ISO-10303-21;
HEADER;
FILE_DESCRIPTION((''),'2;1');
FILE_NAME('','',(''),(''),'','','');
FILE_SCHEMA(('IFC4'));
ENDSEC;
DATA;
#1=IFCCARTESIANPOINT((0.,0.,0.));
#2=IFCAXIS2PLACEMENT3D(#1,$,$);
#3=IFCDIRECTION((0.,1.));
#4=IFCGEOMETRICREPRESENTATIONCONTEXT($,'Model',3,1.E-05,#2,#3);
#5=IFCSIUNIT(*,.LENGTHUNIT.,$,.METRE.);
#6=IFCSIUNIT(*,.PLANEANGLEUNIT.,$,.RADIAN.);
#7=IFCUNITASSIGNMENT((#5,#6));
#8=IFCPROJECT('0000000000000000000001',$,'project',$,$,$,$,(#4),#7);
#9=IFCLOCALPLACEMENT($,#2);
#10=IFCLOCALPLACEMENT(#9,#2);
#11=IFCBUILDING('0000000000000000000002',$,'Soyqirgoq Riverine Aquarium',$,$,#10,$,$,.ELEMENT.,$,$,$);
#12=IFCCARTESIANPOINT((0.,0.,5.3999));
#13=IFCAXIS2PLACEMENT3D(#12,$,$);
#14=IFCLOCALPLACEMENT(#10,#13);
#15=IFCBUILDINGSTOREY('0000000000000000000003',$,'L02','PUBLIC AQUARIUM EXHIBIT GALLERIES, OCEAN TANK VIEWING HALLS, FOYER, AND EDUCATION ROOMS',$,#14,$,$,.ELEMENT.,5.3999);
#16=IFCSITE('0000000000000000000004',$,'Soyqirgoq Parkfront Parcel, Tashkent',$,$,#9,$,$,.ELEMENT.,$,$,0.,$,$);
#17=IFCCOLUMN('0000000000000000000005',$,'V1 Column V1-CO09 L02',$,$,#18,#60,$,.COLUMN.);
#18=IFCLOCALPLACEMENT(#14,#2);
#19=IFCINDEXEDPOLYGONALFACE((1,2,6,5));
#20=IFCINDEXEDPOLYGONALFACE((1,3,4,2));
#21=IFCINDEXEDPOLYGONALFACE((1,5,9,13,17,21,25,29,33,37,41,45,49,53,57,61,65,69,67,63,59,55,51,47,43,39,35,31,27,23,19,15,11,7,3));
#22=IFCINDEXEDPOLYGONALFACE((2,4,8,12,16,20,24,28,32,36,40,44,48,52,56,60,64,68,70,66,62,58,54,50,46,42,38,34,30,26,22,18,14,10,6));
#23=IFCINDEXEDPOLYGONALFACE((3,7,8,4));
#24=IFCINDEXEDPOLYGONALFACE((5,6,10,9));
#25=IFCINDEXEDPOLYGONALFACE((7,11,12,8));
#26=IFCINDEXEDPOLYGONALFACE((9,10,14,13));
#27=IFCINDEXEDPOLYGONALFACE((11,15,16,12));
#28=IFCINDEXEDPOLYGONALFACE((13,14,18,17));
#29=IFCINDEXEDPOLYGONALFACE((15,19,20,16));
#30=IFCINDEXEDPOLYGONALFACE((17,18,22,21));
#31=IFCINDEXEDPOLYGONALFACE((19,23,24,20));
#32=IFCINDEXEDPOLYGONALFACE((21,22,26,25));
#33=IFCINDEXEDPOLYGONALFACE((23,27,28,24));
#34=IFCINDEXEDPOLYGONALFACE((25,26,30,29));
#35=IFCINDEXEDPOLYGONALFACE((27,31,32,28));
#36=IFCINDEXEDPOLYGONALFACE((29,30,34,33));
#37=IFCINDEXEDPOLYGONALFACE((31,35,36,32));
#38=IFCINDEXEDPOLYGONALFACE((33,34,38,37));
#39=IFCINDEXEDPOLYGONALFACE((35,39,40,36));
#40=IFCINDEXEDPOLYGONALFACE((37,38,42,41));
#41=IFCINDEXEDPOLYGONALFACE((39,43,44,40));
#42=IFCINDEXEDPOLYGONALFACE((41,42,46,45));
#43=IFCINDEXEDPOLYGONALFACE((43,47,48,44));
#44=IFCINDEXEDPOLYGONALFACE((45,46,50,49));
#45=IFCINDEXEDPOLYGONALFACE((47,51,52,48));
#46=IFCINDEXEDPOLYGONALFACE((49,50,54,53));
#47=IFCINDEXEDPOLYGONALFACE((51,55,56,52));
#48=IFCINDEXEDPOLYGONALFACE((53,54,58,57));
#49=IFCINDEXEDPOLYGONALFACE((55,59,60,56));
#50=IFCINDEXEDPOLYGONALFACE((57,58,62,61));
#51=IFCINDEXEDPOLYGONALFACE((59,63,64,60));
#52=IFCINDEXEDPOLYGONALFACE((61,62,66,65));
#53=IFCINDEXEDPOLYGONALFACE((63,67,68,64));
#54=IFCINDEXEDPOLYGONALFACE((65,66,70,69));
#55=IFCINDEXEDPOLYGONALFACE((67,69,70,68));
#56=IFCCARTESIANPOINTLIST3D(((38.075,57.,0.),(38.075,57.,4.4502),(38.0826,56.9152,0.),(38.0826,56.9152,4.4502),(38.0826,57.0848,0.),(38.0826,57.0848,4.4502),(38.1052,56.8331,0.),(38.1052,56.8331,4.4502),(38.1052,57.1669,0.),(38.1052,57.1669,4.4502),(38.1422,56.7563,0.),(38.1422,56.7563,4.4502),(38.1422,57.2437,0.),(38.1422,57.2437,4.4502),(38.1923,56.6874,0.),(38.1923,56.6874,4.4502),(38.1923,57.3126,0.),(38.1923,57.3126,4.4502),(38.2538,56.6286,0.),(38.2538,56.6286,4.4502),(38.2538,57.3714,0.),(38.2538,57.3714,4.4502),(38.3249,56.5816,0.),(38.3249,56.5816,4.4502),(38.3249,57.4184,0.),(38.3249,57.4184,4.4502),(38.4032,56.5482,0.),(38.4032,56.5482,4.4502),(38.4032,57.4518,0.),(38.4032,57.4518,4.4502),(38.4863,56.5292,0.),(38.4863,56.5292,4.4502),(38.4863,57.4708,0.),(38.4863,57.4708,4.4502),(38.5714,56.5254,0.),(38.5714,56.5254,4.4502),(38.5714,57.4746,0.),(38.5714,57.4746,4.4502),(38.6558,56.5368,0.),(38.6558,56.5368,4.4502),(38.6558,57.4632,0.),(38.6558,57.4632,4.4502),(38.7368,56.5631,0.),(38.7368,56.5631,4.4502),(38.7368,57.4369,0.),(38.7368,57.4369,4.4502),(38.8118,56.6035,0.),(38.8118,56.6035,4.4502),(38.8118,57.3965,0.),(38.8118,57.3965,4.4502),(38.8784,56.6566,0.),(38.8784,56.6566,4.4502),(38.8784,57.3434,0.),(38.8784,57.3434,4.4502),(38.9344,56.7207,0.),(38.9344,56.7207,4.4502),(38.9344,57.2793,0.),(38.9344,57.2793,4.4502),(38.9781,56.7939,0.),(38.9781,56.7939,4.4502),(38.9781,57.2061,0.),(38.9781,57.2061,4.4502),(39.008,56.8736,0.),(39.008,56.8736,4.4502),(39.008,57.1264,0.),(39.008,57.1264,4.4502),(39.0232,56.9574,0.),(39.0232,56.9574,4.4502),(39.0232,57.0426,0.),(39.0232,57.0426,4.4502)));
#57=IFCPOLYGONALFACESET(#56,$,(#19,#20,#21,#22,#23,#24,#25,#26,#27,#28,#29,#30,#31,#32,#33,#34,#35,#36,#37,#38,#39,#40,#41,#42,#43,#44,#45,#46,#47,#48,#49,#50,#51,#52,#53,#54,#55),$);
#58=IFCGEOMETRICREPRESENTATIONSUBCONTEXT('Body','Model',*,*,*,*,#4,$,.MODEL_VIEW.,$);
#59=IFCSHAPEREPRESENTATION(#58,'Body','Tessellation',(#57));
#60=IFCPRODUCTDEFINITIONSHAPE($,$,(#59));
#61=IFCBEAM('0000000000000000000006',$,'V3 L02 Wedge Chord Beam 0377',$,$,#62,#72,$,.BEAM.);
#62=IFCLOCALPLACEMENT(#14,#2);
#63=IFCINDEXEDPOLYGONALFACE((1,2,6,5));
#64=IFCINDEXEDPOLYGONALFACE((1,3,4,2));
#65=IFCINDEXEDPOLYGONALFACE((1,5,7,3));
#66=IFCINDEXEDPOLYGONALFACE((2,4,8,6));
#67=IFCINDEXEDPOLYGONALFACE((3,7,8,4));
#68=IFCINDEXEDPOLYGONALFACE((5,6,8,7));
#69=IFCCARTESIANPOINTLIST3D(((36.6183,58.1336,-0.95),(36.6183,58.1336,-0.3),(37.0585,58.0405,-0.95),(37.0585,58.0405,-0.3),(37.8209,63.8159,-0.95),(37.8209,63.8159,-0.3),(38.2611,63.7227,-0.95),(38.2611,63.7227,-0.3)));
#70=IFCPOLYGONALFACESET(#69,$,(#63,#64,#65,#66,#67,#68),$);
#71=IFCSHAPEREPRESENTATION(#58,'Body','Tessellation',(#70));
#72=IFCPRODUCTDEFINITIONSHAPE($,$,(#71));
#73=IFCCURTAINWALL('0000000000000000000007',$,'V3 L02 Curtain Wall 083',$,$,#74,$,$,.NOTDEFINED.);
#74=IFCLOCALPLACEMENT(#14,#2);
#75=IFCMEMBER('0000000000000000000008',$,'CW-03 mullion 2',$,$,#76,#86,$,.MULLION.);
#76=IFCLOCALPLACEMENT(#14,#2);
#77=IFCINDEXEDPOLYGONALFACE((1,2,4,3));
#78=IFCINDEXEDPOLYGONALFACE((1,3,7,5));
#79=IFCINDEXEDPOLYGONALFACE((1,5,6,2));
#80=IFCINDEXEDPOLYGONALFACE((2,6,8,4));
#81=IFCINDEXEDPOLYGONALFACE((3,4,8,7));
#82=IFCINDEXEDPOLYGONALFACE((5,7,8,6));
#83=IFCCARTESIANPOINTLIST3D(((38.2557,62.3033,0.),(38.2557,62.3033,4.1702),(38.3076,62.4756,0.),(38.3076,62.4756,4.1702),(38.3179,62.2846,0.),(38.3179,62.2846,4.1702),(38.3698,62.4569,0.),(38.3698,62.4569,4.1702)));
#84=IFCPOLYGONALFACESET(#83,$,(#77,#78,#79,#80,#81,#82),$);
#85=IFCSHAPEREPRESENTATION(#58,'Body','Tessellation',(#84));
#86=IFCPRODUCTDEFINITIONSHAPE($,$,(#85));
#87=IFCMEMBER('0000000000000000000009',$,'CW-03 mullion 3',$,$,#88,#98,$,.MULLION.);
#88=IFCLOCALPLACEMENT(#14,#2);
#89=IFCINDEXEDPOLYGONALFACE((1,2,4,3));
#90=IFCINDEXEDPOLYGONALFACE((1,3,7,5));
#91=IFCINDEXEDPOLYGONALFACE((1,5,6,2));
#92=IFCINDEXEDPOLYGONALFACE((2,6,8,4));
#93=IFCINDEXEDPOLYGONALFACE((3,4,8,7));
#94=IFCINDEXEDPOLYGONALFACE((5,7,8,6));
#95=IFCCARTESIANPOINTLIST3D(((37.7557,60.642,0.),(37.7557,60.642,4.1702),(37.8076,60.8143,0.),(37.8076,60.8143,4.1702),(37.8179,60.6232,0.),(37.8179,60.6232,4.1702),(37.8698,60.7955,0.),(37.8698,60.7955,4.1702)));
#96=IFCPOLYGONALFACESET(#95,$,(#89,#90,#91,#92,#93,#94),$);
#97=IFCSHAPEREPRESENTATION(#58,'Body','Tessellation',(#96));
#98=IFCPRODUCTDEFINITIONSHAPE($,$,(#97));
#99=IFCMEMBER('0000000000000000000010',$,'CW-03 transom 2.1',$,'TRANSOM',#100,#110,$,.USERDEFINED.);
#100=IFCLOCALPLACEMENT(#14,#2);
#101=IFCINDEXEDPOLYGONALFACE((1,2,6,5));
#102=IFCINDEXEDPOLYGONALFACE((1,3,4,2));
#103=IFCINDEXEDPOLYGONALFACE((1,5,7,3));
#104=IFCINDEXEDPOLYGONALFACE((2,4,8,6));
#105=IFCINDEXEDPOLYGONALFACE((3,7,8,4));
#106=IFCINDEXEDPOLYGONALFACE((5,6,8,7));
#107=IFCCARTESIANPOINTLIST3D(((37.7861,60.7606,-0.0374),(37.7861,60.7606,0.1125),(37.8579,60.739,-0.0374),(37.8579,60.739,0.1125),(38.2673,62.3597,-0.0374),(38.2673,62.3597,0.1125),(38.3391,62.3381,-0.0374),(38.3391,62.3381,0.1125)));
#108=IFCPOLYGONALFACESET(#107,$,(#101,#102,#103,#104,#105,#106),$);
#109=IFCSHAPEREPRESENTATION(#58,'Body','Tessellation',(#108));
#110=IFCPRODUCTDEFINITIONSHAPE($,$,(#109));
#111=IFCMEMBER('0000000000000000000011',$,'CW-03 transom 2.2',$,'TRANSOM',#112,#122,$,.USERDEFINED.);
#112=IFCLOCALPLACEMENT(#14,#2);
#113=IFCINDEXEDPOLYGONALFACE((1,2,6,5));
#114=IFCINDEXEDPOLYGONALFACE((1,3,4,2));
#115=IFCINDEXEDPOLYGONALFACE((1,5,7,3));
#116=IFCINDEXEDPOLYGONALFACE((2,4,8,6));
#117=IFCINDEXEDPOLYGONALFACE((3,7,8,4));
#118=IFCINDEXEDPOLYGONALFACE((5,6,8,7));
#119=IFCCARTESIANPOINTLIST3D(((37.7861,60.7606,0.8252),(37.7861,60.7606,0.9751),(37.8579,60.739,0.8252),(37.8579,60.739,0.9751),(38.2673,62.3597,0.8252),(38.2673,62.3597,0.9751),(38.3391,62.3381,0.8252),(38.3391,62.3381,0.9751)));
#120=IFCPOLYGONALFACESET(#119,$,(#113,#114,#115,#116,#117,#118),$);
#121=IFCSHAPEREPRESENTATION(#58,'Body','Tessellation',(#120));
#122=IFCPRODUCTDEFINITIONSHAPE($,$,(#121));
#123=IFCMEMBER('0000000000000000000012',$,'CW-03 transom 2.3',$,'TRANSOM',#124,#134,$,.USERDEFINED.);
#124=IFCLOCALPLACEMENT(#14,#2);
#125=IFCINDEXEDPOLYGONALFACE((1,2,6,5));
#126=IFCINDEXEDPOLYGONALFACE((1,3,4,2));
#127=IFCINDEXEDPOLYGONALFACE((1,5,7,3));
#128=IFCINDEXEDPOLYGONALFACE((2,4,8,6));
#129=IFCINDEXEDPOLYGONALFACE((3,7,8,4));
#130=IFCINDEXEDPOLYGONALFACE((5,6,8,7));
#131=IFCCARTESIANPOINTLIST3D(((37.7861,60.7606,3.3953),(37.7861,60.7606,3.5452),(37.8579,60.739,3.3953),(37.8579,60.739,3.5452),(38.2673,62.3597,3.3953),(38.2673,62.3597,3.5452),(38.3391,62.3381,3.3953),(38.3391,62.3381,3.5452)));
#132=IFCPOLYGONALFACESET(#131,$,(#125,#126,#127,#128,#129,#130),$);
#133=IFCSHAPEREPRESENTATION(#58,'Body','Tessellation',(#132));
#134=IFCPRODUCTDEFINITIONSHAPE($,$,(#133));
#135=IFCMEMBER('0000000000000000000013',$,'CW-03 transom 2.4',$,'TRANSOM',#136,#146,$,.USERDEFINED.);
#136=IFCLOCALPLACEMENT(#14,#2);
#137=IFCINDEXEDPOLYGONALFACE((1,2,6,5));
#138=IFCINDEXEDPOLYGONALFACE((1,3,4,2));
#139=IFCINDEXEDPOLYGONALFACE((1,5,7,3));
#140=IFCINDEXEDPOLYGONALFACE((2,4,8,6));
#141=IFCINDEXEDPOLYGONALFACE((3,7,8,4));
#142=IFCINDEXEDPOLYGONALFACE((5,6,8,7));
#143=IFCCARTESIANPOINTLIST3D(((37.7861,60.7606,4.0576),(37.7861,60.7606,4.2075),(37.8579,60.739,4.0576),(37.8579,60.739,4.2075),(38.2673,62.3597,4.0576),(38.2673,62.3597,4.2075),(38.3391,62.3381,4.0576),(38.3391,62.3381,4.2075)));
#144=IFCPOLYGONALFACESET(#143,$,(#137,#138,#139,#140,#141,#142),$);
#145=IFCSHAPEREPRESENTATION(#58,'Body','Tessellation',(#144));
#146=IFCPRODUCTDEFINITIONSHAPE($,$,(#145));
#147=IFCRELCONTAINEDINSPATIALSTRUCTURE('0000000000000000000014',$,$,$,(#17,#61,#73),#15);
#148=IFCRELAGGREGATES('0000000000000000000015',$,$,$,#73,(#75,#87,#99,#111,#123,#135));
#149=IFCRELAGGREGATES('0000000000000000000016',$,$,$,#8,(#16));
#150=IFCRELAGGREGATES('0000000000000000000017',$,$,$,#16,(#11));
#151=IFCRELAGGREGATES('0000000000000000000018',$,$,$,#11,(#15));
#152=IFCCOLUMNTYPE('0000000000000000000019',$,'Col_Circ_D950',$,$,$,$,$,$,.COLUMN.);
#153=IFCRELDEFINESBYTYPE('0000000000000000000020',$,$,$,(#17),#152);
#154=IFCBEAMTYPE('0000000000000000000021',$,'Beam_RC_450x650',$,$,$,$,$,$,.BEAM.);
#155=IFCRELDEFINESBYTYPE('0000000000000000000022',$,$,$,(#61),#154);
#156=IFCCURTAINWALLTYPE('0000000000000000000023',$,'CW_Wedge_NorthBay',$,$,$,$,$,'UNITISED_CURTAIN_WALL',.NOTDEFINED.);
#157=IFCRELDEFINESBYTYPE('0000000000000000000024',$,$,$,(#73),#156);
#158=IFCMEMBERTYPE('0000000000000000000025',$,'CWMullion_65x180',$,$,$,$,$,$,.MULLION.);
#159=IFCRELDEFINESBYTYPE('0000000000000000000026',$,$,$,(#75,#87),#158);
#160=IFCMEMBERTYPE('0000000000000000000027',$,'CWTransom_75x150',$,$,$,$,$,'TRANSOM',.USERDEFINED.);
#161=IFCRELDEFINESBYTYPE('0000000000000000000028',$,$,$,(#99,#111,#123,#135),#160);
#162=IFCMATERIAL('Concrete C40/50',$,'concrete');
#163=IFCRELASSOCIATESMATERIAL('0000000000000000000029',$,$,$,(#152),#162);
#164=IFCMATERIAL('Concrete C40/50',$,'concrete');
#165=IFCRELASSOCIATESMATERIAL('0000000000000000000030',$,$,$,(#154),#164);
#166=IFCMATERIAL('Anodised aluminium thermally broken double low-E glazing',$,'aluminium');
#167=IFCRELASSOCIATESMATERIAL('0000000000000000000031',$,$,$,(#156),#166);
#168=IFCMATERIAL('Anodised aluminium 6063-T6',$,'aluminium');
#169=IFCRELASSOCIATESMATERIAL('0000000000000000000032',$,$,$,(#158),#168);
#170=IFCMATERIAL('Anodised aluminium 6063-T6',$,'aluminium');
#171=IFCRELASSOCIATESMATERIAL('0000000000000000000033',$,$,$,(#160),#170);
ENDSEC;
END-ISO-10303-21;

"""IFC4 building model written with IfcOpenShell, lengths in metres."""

from ifc_helpers import new_model, si_unit, direction, frame, origin, origin_2d, place, context, subcontext, project, spatial, rectangle, circle, extrude, material, material_profile, profile_set, type_object, element, aggregate, save


model = new_model("IFC4")

# Units and contexts
model_context = context("Model", 3, precision=1e-05, world=origin(), true_north=direction((0.0, 1.0)))
body_context = subcontext(model_context, "Body", "Model", "MODEL_VIEW")
ifc_project = project(units=[si_unit("LENGTHUNIT", "METRE"), si_unit("PLANEANGLEUNIT", "RADIAN")], contexts=[model_context])

# Site, building, storey
site_placement = place(None, origin())
site = spatial("IfcSite", under=ifc_project, at=site_placement, Name="Soyqirgoq Parkfront Parcel, Tashkent", CompositionType="ELEMENT", RefElevation=0.0)
building_placement = place(site_placement, origin())
building = spatial("IfcBuilding", under=site, at=building_placement, Name="Soyqirgoq Riverine Aquarium", CompositionType="ELEMENT")
storey_placement = place(building_placement, frame((0.0, 0.0, 5.3999)))
storey = spatial("IfcBuildingStorey", under=building, at=storey_placement, Name="L02", Description="PUBLIC AQUARIUM EXHIBIT GALLERIES, OCEAN TANK VIEWING HALLS, FOYER, AND EDUCATION ROOMS", CompositionType="ELEMENT", Elevation=5.3999)

# Column
ifc_material_1 = material(Name="Concrete C40/50", Category="concrete")
ifc_material_profile_1 = material_profile(ifc_material_1, circle(Radius=0.4751, at=origin_2d()), Name="RC-COL D950")
ifc_profile_set_1 = profile_set([ifc_material_profile_1], Name="Concrete C40/50")
column_type = type_object("IfcColumnType", Name="Col_Circ_D950", PredefinedType="COLUMN", material=ifc_profile_set_1)
for number, where, z_axis, x_axis, name in (
    (1, (38.55, 57.0, 0.0), (0.0, 0.0, 1.0), (-1.0, 0.0, 0.0), "V1 Column V1-CO09 L02"),
):
    element("IfcColumn", number, at=place(storey_placement, frame(where, z_axis=z_axis, x_axis=x_axis)), inside=storey, type_object=column_type, Name=name, PredefinedType="COLUMN", context=body_context, shape_type="SweptSolid", body=[
        extrude(circle(Radius=0.4751, at=origin_2d()), origin(), (0.0, 0.0, 1.0), 4.4502),
    ])

# Beam
ifc_material_2 = material(Name="Concrete C40/50", Category="concrete")
ifc_material_profile_2 = material_profile(ifc_material_2, rectangle(XDim=0.45, YDim=0.6499, at=origin_2d()), Name="RC 450x650")
ifc_profile_set_2 = profile_set([ifc_material_profile_2], Name="Concrete C40/50")
beam_type_1 = type_object("IfcBeamType", Name="Beam_RC_450x650", PredefinedType="BEAM", material=ifc_profile_set_2)
beam_1_placement = place(storey_placement, frame((38.041, 63.7693, -0.625), z_axis=(-0.207065, -0.978327, 0.0), x_axis=(0.978327, -0.207065, 0.0)))
element("IfcBeam", 2, at=beam_1_placement, inside=storey, type_object=beam_type_1, Name="V3 L02 Wedge Chord Beam 0377", PredefinedType="BEAM", context=body_context, shape_type="SweptSolid", body=[
    extrude(rectangle(XDim=0.45, YDim=0.6499, at=origin_2d()), origin(), (0.0, 0.0, 1.0), 5.8081),
])

# Curtain wall, members
ifc_material_3 = material(Name="Anodised aluminium thermally broken double low-E glazing", Category="aluminium")
curtain_wall_type = type_object("IfcCurtainWallType", Name="CW_Wedge_NorthBay", ElementType="UNITISED_CURTAIN_WALL", PredefinedType="NOTDEFINED", material=ifc_material_3)
curtain_wall_placement = place(storey_placement, origin())
curtain_wall = element("IfcCurtainWall", 3, at=curtain_wall_placement, inside=storey, type_object=curtain_wall_type, Name="V3 L02 Curtain Wall 083", PredefinedType="NOTDEFINED")
ifc_material_4 = material(Name="Anodised aluminium 6063-T6", Category="aluminium")
ifc_material_profile_3 = material_profile(ifc_material_4, rectangle(XDim=0.0649, YDim=0.1799, at=origin_2d()), Name="ALU-M 65x180")
ifc_profile_set_3 = profile_set([ifc_material_profile_3], Name="Anodised aluminium 6063-T6")
member_type_1 = type_object("IfcMemberType", Name="CWMullion_65x180", PredefinedType="MULLION", material=ifc_profile_set_3)
member_1_placement = place(storey_placement, frame((38.3127, 62.3801, 0.0), z_axis=(0.0, 0.0, 1.0), x_axis=(0.95759, -0.288134, 0.0)))
member_1 = element("IfcMember", 4, at=member_1_placement, type_object=member_type_1, Name="CW-03 mullion 2", PredefinedType="MULLION", context=body_context, shape_type="SweptSolid", body=[
    extrude(rectangle(XDim=0.0649, YDim=0.1799, at=origin_2d()), origin(), (0.0, 0.0, 1.0), 4.1702),
])
member_2_placement = place(storey_placement, frame((37.8127, 60.7188, 0.0), z_axis=(0.0, 0.0, 1.0), x_axis=(0.95759, -0.288134, 0.0)))
member_2 = element("IfcMember", 5, at=member_2_placement, type_object=member_type_1, Name="CW-03 mullion 3", PredefinedType="MULLION", context=body_context, shape_type="SweptSolid", body=[
    extrude(rectangle(XDim=0.0649, YDim=0.1799, at=origin_2d()), origin(), (0.0, 0.0, 1.0), 4.1702),
])
ifc_material_5 = material(Name="Anodised aluminium 6063-T6", Category="aluminium")
ifc_material_profile_4 = material_profile(ifc_material_5, rectangle(XDim=0.075, YDim=0.1499, at=origin_2d()), Name="ALU-T 75x150")
ifc_profile_set_4 = profile_set([ifc_material_profile_4], Name="Anodised aluminium 6063-T6")
member_type_2 = type_object("IfcMemberType", Name="CWTransom_75x150", ElementType="TRANSOM", PredefinedType="USERDEFINED", material=ifc_profile_set_4)
member_3_placement = place(storey_placement, frame((38.3032, 62.3489, 0.0376), z_axis=(-0.288153, -0.957585, 0.0), x_axis=(0.957585, -0.288153, 0.0)))
member_3 = element("IfcMember", 6, at=member_3_placement, type_object=member_type_2, Name="CW-03 transom 2.1", ObjectType="TRANSOM", PredefinedType="USERDEFINED", context=body_context, shape_type="SweptSolid", body=[
    extrude(rectangle(XDim=0.075, YDim=0.1499, at=origin_2d()), origin(), (0.0, 0.0, 1.0), 1.6699),
])
member_4_placement = place(storey_placement, frame((38.3032, 62.3489, 0.9001), z_axis=(-0.288153, -0.957585, 0.0), x_axis=(0.957585, -0.288153, 0.0)))
member_4 = element("IfcMember", 7, at=member_4_placement, type_object=member_type_2, Name="CW-03 transom 2.2", ObjectType="TRANSOM", PredefinedType="USERDEFINED", context=body_context, shape_type="SweptSolid", body=[
    extrude(rectangle(XDim=0.075, YDim=0.1499, at=origin_2d()), origin(), (0.0, 0.0, 1.0), 1.6699),
])
member_5_placement = place(storey_placement, frame((38.3032, 62.3489, 3.4702), z_axis=(-0.288153, -0.957585, 0.0), x_axis=(0.957585, -0.288153, 0.0)))
member_5 = element("IfcMember", 8, at=member_5_placement, type_object=member_type_2, Name="CW-03 transom 2.3", ObjectType="TRANSOM", PredefinedType="USERDEFINED", context=body_context, shape_type="SweptSolid", body=[
    extrude(rectangle(XDim=0.075, YDim=0.1499, at=origin_2d()), origin(), (0.0, 0.0, 1.0), 1.6699),
])
member_6_placement = place(storey_placement, frame((38.3032, 62.3489, 4.1326), z_axis=(-0.288153, -0.957585, 0.0), x_axis=(0.957585, -0.288153, 0.0)))
member_6 = element("IfcMember", 9, at=member_6_placement, type_object=member_type_2, Name="CW-03 transom 2.4", ObjectType="TRANSOM", PredefinedType="USERDEFINED", context=body_context, shape_type="SweptSolid", body=[
    extrude(rectangle(XDim=0.075, YDim=0.1499, at=origin_2d()), origin(), (0.0, 0.0, 1.0), 1.6699),
])

aggregate(curtain_wall, [member_1, member_2, member_3, member_4, member_5, member_6])

save(model, "model.ifc")
